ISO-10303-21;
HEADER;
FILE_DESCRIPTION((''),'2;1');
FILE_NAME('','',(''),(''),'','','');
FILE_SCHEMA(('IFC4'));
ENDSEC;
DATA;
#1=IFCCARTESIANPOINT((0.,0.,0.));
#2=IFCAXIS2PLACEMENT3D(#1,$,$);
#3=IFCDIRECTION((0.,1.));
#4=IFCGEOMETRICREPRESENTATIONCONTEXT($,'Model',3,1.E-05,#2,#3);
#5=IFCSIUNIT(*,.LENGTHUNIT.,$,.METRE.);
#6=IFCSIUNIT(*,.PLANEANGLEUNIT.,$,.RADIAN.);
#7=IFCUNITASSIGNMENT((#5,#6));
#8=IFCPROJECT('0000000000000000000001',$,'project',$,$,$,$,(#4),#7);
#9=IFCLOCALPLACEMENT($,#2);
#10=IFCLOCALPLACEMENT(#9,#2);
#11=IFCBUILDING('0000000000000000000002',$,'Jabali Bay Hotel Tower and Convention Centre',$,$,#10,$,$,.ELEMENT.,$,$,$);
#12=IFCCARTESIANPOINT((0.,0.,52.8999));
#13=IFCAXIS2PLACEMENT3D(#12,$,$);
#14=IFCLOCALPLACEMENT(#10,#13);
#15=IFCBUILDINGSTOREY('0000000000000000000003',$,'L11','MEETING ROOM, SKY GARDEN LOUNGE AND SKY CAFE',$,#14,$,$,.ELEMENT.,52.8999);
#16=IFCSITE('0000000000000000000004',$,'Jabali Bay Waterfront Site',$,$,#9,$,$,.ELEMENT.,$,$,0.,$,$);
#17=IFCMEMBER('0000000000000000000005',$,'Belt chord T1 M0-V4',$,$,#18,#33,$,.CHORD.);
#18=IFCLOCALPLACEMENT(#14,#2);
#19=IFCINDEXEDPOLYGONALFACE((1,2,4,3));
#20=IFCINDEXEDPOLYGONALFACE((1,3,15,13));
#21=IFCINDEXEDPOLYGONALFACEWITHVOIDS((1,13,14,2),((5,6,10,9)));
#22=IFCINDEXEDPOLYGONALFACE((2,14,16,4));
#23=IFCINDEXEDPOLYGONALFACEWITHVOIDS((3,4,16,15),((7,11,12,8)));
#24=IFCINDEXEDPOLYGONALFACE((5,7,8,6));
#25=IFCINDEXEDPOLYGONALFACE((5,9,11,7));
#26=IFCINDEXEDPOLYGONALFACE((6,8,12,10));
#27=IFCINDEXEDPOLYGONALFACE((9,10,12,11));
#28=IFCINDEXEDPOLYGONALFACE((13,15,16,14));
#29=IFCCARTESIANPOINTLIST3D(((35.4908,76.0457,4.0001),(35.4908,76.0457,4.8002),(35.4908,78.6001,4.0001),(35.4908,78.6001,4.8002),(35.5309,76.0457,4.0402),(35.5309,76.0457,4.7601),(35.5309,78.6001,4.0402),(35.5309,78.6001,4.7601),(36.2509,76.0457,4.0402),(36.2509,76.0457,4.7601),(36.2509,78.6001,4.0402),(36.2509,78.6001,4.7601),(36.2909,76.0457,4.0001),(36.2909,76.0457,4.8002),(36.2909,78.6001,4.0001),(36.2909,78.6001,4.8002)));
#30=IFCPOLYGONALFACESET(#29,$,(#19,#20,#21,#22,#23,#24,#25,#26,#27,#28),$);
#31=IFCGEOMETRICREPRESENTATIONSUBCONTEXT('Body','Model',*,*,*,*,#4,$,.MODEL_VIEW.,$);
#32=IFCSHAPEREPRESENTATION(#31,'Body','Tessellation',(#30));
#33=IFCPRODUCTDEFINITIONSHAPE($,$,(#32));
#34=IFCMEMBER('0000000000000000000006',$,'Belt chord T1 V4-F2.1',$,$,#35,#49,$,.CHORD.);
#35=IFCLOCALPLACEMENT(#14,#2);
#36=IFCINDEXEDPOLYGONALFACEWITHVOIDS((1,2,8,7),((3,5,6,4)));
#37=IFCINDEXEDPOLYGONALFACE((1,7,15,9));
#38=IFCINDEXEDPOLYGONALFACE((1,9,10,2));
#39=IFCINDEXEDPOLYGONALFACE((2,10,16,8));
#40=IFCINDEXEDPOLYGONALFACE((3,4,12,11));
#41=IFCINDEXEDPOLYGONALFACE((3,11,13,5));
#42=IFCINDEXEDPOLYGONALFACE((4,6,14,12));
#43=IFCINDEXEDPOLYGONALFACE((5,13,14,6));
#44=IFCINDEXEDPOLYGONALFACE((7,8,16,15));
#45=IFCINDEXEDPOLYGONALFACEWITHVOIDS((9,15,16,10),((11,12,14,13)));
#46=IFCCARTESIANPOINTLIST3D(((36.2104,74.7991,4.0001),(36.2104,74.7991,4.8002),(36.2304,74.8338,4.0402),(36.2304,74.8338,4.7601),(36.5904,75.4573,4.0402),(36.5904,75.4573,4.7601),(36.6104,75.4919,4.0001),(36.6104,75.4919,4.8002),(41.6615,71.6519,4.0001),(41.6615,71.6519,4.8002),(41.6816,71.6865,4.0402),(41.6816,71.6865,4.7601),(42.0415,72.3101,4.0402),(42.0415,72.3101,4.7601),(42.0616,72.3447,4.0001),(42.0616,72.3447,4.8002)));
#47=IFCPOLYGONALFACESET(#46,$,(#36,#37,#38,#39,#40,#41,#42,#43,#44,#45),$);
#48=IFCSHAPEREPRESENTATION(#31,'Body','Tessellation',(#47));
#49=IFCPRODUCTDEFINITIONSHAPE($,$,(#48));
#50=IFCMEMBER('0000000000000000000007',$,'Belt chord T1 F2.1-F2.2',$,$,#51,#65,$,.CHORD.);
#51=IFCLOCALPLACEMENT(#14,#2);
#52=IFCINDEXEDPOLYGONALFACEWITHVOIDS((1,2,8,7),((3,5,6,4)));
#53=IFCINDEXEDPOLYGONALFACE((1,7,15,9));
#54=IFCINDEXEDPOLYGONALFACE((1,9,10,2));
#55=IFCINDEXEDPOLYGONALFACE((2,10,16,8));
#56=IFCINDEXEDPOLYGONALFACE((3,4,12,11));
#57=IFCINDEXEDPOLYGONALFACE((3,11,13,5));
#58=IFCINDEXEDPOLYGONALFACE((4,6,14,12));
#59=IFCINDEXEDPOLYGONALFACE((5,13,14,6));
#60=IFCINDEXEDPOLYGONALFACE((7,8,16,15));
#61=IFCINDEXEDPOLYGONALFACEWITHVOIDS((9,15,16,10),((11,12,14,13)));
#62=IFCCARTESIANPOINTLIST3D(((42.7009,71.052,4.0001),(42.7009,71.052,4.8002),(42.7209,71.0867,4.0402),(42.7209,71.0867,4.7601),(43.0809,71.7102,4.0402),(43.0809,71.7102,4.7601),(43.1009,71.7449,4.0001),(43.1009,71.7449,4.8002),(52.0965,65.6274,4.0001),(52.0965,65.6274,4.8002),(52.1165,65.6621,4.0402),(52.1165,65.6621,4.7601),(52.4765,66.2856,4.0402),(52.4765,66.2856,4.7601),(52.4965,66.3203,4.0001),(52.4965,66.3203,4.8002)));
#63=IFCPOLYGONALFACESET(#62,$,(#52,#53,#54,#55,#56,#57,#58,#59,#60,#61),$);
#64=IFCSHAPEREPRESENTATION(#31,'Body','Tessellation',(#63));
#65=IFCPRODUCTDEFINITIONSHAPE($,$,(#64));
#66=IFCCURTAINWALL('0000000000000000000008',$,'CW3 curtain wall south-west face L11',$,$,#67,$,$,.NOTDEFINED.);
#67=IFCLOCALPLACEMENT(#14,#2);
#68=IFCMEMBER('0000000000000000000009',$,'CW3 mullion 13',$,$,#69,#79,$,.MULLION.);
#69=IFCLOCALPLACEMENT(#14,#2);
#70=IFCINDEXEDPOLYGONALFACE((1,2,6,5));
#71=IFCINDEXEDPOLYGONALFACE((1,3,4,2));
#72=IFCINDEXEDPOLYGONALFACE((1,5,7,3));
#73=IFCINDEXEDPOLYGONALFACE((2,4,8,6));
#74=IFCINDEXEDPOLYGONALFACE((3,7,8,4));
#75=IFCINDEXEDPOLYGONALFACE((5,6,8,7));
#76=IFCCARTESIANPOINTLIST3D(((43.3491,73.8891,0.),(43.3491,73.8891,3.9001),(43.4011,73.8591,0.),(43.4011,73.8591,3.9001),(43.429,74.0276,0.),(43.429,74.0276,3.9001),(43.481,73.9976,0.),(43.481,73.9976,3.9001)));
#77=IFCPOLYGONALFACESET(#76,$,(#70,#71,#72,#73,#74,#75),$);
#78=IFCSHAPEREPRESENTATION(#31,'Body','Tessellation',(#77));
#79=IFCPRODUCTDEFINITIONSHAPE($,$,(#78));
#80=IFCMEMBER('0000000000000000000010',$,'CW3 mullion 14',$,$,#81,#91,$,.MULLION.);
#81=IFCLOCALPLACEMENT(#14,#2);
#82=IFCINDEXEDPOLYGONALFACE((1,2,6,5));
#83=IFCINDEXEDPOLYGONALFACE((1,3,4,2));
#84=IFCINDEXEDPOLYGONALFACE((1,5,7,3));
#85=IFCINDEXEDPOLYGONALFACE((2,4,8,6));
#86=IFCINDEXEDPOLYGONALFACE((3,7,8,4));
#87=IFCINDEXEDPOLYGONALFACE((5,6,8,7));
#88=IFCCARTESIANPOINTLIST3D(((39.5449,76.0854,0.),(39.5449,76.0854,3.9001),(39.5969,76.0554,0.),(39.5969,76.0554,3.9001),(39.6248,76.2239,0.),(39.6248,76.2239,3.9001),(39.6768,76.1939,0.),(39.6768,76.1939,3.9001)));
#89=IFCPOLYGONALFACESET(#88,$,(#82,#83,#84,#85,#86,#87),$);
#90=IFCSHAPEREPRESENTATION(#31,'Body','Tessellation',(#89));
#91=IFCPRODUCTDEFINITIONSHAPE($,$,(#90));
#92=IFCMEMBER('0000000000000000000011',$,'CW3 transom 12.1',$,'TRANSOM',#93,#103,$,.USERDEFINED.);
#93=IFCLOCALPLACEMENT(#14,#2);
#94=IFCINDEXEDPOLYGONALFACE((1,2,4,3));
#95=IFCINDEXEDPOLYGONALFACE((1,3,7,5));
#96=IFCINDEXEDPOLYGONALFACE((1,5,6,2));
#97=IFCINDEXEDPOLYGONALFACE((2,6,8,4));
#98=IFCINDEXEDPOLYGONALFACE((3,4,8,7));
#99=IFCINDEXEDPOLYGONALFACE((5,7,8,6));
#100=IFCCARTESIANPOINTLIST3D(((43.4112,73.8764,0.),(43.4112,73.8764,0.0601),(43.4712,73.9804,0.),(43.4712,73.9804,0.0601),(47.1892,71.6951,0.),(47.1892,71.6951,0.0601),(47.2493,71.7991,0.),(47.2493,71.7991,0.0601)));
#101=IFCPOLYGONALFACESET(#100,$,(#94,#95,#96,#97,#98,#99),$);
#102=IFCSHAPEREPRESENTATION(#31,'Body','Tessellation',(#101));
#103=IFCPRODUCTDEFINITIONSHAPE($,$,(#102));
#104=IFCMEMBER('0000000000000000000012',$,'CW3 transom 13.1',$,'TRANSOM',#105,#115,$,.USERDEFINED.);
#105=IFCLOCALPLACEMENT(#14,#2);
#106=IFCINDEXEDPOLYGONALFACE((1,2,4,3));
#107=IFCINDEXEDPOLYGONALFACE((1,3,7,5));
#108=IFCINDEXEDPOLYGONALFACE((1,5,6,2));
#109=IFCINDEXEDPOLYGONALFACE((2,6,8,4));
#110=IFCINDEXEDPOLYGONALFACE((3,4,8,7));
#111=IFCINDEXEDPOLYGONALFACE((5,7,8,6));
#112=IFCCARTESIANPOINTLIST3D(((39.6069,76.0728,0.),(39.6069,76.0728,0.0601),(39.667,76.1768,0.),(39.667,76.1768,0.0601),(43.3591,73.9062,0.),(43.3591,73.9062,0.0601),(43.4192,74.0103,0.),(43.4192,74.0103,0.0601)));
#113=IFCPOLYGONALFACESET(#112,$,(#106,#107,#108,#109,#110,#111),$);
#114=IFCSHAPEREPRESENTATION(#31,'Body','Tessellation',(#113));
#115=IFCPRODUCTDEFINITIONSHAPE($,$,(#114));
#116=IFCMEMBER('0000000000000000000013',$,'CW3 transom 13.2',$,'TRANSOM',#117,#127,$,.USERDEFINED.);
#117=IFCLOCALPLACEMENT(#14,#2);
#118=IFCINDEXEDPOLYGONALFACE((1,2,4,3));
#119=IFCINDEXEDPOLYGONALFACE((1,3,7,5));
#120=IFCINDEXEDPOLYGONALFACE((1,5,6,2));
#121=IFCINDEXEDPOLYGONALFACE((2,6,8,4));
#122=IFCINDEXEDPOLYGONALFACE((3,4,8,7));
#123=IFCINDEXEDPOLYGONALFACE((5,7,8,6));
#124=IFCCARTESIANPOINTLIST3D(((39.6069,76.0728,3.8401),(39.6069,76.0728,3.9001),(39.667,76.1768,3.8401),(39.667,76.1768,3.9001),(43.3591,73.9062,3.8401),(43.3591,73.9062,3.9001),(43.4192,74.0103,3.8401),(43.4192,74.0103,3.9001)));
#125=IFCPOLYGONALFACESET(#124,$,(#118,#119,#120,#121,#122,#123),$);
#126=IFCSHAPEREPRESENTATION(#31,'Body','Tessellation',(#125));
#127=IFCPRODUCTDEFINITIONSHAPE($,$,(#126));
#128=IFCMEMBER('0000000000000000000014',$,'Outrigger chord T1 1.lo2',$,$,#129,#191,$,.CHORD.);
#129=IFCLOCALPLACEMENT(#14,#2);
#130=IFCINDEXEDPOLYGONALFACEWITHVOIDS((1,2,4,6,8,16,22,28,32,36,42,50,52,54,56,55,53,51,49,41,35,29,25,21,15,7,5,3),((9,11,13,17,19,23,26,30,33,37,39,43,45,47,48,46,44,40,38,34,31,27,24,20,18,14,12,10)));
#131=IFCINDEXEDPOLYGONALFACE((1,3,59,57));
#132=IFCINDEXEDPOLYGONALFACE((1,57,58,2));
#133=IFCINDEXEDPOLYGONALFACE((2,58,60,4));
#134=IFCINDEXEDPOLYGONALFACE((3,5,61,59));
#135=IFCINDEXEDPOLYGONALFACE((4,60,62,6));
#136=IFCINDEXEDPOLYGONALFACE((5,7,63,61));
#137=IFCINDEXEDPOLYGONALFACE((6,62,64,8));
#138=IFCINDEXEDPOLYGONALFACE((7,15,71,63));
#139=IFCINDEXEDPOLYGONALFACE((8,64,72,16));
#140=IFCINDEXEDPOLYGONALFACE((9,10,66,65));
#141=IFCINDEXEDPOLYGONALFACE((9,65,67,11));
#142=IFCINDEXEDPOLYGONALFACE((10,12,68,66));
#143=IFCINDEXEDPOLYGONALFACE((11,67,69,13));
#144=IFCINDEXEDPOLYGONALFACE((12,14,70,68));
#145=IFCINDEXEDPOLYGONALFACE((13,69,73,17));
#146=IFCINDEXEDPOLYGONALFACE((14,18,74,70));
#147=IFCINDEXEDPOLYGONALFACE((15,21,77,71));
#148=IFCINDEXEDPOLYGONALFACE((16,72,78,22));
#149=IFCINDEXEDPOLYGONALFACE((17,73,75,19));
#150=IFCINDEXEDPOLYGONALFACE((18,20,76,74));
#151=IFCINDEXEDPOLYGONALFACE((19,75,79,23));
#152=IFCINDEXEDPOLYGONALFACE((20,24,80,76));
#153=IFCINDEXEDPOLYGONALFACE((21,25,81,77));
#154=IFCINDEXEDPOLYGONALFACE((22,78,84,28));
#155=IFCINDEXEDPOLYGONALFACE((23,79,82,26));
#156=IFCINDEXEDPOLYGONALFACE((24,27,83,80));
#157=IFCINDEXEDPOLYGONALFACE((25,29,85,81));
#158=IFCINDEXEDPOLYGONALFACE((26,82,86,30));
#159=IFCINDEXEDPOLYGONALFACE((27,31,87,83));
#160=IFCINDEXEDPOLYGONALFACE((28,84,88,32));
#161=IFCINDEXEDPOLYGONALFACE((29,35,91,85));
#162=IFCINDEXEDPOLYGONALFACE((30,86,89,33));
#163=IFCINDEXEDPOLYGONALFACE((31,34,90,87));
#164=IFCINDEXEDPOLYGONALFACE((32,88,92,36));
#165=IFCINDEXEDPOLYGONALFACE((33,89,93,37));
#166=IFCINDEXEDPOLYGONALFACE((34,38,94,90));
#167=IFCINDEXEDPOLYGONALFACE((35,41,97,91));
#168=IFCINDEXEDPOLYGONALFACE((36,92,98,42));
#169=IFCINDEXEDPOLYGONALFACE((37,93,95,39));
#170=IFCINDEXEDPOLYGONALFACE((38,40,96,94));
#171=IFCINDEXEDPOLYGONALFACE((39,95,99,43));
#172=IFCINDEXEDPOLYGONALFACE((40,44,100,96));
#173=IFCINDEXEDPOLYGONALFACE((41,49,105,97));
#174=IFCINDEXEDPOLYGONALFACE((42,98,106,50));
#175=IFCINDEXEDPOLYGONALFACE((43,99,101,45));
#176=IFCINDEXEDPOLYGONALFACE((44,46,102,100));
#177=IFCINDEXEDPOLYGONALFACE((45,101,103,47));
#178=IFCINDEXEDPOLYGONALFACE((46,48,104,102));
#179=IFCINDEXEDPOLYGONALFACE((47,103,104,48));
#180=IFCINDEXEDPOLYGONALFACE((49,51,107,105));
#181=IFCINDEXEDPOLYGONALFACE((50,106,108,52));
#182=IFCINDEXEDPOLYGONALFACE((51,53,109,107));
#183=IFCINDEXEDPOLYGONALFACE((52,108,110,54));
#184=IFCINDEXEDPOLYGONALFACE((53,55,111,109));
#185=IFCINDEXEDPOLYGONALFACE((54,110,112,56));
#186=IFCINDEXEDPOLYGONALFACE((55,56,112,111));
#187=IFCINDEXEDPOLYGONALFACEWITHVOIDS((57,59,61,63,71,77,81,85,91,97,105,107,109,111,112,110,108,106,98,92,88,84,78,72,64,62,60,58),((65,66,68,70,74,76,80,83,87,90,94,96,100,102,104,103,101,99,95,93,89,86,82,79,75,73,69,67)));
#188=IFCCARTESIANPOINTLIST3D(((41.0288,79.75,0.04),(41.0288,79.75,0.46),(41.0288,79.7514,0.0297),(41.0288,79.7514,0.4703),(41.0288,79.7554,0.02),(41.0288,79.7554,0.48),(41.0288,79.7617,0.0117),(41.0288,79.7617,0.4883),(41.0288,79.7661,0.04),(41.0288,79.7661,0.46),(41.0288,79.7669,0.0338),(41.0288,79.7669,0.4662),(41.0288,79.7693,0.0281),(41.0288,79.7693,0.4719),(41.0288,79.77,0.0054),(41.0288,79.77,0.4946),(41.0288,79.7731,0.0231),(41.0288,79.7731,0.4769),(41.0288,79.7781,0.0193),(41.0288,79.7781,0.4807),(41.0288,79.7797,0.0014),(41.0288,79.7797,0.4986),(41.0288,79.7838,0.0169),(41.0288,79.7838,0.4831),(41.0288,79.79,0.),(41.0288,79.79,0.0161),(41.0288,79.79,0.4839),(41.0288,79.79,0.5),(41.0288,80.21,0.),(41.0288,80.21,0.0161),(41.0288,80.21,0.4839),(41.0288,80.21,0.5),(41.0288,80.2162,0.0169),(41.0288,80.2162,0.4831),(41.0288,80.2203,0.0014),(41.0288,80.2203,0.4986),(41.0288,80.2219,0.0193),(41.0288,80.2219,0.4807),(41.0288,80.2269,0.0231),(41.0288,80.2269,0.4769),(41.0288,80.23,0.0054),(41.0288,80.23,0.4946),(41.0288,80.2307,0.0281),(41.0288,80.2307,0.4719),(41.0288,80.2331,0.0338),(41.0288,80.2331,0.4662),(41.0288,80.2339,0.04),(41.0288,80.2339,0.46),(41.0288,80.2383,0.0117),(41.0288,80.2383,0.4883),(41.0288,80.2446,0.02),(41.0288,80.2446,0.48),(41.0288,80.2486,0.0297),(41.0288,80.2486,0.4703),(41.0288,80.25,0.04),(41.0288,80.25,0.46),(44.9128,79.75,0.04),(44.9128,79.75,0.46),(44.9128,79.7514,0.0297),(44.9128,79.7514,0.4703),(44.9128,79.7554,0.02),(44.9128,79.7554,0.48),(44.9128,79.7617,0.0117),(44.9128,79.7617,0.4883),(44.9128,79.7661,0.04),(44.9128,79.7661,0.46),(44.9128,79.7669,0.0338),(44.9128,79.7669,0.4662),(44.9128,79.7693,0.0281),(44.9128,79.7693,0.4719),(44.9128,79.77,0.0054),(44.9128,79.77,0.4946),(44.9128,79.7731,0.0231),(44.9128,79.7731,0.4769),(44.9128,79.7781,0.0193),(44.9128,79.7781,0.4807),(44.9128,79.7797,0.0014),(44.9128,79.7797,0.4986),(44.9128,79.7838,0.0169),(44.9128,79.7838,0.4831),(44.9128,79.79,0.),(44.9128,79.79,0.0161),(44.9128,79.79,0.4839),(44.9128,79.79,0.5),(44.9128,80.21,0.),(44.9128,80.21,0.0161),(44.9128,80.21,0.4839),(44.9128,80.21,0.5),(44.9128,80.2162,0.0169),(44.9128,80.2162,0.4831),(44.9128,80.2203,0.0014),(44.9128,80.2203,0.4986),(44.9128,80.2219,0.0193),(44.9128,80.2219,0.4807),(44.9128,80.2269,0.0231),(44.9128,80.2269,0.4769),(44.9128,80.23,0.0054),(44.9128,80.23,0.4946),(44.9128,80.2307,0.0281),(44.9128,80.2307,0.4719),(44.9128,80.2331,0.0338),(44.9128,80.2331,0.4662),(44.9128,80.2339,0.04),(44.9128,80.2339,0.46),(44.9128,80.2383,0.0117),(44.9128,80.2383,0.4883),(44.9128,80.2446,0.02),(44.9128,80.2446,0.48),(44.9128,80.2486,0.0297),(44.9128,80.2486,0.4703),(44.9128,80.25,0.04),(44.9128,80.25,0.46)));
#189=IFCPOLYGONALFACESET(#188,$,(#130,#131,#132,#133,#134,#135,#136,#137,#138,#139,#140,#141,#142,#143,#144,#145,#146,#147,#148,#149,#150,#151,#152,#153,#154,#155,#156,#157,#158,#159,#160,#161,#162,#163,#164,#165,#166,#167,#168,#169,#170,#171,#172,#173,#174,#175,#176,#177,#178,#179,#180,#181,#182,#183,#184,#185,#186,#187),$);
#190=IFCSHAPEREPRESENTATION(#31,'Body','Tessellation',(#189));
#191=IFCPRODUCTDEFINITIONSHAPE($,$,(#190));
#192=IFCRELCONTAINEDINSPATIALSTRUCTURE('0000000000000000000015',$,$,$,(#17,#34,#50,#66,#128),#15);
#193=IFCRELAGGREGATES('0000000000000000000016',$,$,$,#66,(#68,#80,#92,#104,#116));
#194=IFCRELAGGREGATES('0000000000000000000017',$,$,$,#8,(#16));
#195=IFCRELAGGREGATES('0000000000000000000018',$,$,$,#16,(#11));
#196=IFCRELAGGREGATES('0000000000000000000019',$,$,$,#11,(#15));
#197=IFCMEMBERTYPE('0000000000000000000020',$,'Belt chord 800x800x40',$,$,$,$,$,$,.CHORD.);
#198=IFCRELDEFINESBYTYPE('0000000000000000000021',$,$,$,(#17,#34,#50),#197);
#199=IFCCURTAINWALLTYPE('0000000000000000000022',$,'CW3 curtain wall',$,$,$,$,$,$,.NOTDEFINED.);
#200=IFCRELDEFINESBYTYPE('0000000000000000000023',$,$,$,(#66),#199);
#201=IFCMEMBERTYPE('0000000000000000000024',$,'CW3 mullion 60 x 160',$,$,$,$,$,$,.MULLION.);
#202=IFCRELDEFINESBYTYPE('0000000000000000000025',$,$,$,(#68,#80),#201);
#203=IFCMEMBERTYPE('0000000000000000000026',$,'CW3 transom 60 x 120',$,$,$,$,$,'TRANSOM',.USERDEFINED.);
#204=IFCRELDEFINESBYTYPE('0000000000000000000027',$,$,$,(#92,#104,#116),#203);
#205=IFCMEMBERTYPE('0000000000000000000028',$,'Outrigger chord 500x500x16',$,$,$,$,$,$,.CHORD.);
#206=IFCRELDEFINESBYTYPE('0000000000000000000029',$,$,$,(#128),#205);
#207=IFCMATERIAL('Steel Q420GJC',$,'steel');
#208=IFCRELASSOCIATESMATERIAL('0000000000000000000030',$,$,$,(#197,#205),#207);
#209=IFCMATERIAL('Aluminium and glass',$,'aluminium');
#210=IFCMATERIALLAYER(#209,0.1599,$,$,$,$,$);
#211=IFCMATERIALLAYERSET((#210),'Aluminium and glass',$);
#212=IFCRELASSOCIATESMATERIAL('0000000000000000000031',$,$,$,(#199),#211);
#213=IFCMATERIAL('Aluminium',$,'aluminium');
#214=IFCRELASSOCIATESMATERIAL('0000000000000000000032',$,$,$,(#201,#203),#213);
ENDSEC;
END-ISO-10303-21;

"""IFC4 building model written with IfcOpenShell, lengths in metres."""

from ifc_helpers import new_model, si_unit, direction, frame, origin, origin_2d, place, context, subcontext, project, spatial, rectangle, hollow_rectangle, extrude, material, layer, layer_set, material_profile, profile_set, type_object, element, aggregate, save


model = new_model("IFC4")

# Units and contexts
model_context = context("Model", 3, precision=1e-05, world=origin(), true_north=direction((0.0, 1.0)))
body_context = subcontext(model_context, "Body", "Model", "MODEL_VIEW")
ifc_project = project(units=[si_unit("LENGTHUNIT", "METRE"), si_unit("PLANEANGLEUNIT", "RADIAN")], contexts=[model_context])

# Site, building, storey
site_placement = place(None, origin())
site = spatial("IfcSite", under=ifc_project, at=site_placement, Name="Jabali Bay Waterfront Site", CompositionType="ELEMENT", RefElevation=0.0)
building_placement = place(site_placement, origin())
building = spatial("IfcBuilding", under=site, at=building_placement, Name="Jabali Bay Hotel Tower and Convention Centre", CompositionType="ELEMENT")
storey_placement = place(building_placement, frame((0.0, 0.0, 52.8999)))
storey = spatial("IfcBuildingStorey", under=building, at=storey_placement, Name="L11", Description="MEETING ROOM, SKY GARDEN LOUNGE AND SKY CAFE", CompositionType="ELEMENT", Elevation=52.8999)

# Members
ifc_material_1 = material(Name="Steel Q420GJC", Category="steel")
ifc_material_profile_1 = material_profile(ifc_material_1, hollow_rectangle(XDim=0.8, YDim=0.8, WallThickness=0.04, at=origin_2d()), Name="Belt chord 800x800x40")
ifc_profile_set_1 = profile_set([ifc_material_profile_1], Name="Steel Q420GJC")
member_type_1 = type_object("IfcMemberType", Name="Belt chord 800x800x40", PredefinedType="CHORD", material=ifc_profile_set_1)
member_1_placement = place(storey_placement, frame((35.8909, 78.6001, 4.4001), z_axis=(0.0, -1.0, 0.0), x_axis=(1.0, 0.0, 0.0)))
element("IfcMember", 1, at=member_1_placement, inside=storey, type_object=member_type_1, Name="Belt chord T1 M0-V4", PredefinedType="CHORD", context=body_context, shape_type="SweptSolid", body=[
    extrude(hollow_rectangle(XDim=0.8, YDim=0.8, WallThickness=0.04, at=origin_2d()), origin(), (0.0, 0.0, 1.0), 2.5544),
])
member_2_placement = place(storey_placement, frame((36.4104, 75.1455, 4.4001), z_axis=(0.866027, -0.499998, 0.0), x_axis=(0.499998, 0.866027, 0.0)))
element("IfcMember", 2, at=member_2_placement, inside=storey, type_object=member_type_1, Name="Belt chord T1 V4-F2.1", PredefinedType="CHORD", context=body_context, shape_type="SweptSolid", body=[
    extrude(hollow_rectangle(XDim=0.8, YDim=0.8, WallThickness=0.04, at=origin_2d()), origin(), (0.0, 0.0, 1.0), 6.2944),
])
member_3_placement = place(storey_placement, frame((42.9009, 71.3984, 4.4001), z_axis=(0.866023, -0.500004, 0.0), x_axis=(0.500004, 0.866023, 0.0)))
element("IfcMember", 3, at=member_3_placement, inside=storey, type_object=member_type_1, Name="Belt chord T1 F2.1-F2.2", PredefinedType="CHORD", context=body_context, shape_type="SweptSolid", body=[
    extrude(hollow_rectangle(XDim=0.8, YDim=0.8, WallThickness=0.04, at=origin_2d()), origin(), (0.0, 0.0, 1.0), 10.8491),
])

# Curtain wall, members
ifc_material_2 = material(Name="Aluminium and glass", Category="aluminium")
ifc_layer_1 = layer(ifc_material_2, 0.1599)
ifc_layer_set_1 = layer_set([ifc_layer_1], Name="Aluminium and glass")
curtain_wall_type = type_object("IfcCurtainWallType", Name="CW3 curtain wall", PredefinedType="NOTDEFINED", material=ifc_layer_set_1)
curtain_wall_placement = place(storey_placement, origin())
curtain_wall = element("IfcCurtainWall", 4, at=curtain_wall_placement, inside=storey, type_object=curtain_wall_type, Name="CW3 curtain wall south-west face L11", PredefinedType="NOTDEFINED")
ifc_material_3 = material(Name="Aluminium", Category="aluminium")
ifc_material_profile_2 = material_profile(ifc_material_3, rectangle(XDim=0.1599, YDim=0.0601, at=origin_2d()), Name="CW3 mullion 60 x 160")
ifc_profile_set_2 = profile_set([ifc_material_profile_2], Name="Aluminium")
member_type_2 = type_object("IfcMemberType", Name="CW3 mullion 60 x 160", PredefinedType="MULLION", material=ifc_profile_set_2)
member_4_placement = place(storey_placement, frame((43.415, 73.9434, 0.0), z_axis=(0.0, 0.0, 1.0), x_axis=(-0.5, -0.866025, 0.0)))
member_4 = element("IfcMember", 5, at=member_4_placement, type_object=member_type_2, Name="CW3 mullion 13", PredefinedType="MULLION", context=body_context, shape_type="SweptSolid", body=[
    extrude(rectangle(XDim=0.1599, YDim=0.0601, at=origin_2d()), origin(), (0.0, 0.0, 1.0), 3.9001),
])
member_5_placement = place(storey_placement, frame((39.6108, 76.1396, 0.0), z_axis=(0.0, 0.0, 1.0), x_axis=(-0.5, -0.866025, 0.0)))
member_5 = element("IfcMember", 6, at=member_5_placement, type_object=member_type_2, Name="CW3 mullion 14", PredefinedType="MULLION", context=body_context, shape_type="SweptSolid", body=[
    extrude(rectangle(XDim=0.1599, YDim=0.0601, at=origin_2d()), origin(), (0.0, 0.0, 1.0), 3.9001),
])
ifc_material_profile_3 = material_profile(ifc_material_3, rectangle(XDim=0.1201, YDim=0.0601, at=origin_2d()), Name="CW3 transom 60 x 120")
ifc_profile_set_3 = profile_set([ifc_material_profile_3], Name="Aluminium")
member_type_3 = type_object("IfcMemberType", Name="CW3 transom 60 x 120", ElementType="TRANSOM", PredefinedType="USERDEFINED", material=ifc_profile_set_3)
member_6_placement = place(storey_placement, frame((47.2192, 71.7471, 0.03), z_axis=(-0.866013, 0.500021, 0.0), x_axis=(-0.500021, -0.866013, 0.0)))
member_6 = element("IfcMember", 7, at=member_6_placement, type_object=member_type_3, Name="CW3 transom 12.1", ObjectType="TRANSOM", PredefinedType="USERDEFINED", context=body_context, shape_type="SweptSolid", body=[
    extrude(rectangle(XDim=0.1201, YDim=0.0601, at=origin_2d()), origin(), (0.0, 0.0, 1.0), 4.3625),
])
member_7_placement = place(storey_placement, frame((43.3892, 73.9583, 0.03), z_axis=(-0.866008, 0.50003, 0.0), x_axis=(-0.50003, -0.866008, 0.0)))
member_7 = element("IfcMember", 8, at=member_7_placement, type_object=member_type_3, Name="CW3 transom 13.1", ObjectType="TRANSOM", PredefinedType="USERDEFINED", context=body_context, shape_type="SweptSolid", body=[
    extrude(rectangle(XDim=0.1201, YDim=0.0601, at=origin_2d()), origin(), (0.0, 0.0, 1.0), 4.3328),
])
member_8_placement = place(storey_placement, frame((43.3892, 73.9583, 3.8701), z_axis=(-0.866008, 0.50003, 0.0), x_axis=(-0.50003, -0.866008, 0.0)))
member_8 = element("IfcMember", 9, at=member_8_placement, type_object=member_type_3, Name="CW3 transom 13.2", ObjectType="TRANSOM", PredefinedType="USERDEFINED", context=body_context, shape_type="SweptSolid", body=[
    extrude(rectangle(XDim=0.1201, YDim=0.0601, at=origin_2d()), origin(), (0.0, 0.0, 1.0), 4.3328),
])

# Member
ifc_material_profile_4 = material_profile(ifc_material_1, hollow_rectangle(XDim=0.5, YDim=0.5, WallThickness=0.0161, InnerFilletRadius=0.0239, OuterFilletRadius=0.04, at=origin_2d()), Name="Outrigger chord 500x500x16")
ifc_profile_set_4 = profile_set([ifc_material_profile_4], Name="Steel Q420GJC")
member_type_4 = type_object("IfcMemberType", Name="Outrigger chord 500x500x16", PredefinedType="CHORD", material=ifc_profile_set_4)
member_9_placement = place(storey_placement, frame((44.9128, 80.0, 0.25), z_axis=(-1.0, 0.0, 0.0), x_axis=(0.0, -1.0, 0.0)))
element("IfcMember", 10, at=member_9_placement, inside=storey, type_object=member_type_4, Name="Outrigger chord T1 1.lo2", PredefinedType="CHORD", context=body_context, shape_type="SweptSolid", body=[
    extrude(hollow_rectangle(XDim=0.5, YDim=0.5, WallThickness=0.0161, InnerFilletRadius=0.0239, OuterFilletRadius=0.04, at=origin_2d()), origin(), (0.0, 0.0, 1.0), 3.884),
])

aggregate(curtain_wall, [member_4, member_5, member_6, member_7, member_8])

save(model, "model.ifc")
